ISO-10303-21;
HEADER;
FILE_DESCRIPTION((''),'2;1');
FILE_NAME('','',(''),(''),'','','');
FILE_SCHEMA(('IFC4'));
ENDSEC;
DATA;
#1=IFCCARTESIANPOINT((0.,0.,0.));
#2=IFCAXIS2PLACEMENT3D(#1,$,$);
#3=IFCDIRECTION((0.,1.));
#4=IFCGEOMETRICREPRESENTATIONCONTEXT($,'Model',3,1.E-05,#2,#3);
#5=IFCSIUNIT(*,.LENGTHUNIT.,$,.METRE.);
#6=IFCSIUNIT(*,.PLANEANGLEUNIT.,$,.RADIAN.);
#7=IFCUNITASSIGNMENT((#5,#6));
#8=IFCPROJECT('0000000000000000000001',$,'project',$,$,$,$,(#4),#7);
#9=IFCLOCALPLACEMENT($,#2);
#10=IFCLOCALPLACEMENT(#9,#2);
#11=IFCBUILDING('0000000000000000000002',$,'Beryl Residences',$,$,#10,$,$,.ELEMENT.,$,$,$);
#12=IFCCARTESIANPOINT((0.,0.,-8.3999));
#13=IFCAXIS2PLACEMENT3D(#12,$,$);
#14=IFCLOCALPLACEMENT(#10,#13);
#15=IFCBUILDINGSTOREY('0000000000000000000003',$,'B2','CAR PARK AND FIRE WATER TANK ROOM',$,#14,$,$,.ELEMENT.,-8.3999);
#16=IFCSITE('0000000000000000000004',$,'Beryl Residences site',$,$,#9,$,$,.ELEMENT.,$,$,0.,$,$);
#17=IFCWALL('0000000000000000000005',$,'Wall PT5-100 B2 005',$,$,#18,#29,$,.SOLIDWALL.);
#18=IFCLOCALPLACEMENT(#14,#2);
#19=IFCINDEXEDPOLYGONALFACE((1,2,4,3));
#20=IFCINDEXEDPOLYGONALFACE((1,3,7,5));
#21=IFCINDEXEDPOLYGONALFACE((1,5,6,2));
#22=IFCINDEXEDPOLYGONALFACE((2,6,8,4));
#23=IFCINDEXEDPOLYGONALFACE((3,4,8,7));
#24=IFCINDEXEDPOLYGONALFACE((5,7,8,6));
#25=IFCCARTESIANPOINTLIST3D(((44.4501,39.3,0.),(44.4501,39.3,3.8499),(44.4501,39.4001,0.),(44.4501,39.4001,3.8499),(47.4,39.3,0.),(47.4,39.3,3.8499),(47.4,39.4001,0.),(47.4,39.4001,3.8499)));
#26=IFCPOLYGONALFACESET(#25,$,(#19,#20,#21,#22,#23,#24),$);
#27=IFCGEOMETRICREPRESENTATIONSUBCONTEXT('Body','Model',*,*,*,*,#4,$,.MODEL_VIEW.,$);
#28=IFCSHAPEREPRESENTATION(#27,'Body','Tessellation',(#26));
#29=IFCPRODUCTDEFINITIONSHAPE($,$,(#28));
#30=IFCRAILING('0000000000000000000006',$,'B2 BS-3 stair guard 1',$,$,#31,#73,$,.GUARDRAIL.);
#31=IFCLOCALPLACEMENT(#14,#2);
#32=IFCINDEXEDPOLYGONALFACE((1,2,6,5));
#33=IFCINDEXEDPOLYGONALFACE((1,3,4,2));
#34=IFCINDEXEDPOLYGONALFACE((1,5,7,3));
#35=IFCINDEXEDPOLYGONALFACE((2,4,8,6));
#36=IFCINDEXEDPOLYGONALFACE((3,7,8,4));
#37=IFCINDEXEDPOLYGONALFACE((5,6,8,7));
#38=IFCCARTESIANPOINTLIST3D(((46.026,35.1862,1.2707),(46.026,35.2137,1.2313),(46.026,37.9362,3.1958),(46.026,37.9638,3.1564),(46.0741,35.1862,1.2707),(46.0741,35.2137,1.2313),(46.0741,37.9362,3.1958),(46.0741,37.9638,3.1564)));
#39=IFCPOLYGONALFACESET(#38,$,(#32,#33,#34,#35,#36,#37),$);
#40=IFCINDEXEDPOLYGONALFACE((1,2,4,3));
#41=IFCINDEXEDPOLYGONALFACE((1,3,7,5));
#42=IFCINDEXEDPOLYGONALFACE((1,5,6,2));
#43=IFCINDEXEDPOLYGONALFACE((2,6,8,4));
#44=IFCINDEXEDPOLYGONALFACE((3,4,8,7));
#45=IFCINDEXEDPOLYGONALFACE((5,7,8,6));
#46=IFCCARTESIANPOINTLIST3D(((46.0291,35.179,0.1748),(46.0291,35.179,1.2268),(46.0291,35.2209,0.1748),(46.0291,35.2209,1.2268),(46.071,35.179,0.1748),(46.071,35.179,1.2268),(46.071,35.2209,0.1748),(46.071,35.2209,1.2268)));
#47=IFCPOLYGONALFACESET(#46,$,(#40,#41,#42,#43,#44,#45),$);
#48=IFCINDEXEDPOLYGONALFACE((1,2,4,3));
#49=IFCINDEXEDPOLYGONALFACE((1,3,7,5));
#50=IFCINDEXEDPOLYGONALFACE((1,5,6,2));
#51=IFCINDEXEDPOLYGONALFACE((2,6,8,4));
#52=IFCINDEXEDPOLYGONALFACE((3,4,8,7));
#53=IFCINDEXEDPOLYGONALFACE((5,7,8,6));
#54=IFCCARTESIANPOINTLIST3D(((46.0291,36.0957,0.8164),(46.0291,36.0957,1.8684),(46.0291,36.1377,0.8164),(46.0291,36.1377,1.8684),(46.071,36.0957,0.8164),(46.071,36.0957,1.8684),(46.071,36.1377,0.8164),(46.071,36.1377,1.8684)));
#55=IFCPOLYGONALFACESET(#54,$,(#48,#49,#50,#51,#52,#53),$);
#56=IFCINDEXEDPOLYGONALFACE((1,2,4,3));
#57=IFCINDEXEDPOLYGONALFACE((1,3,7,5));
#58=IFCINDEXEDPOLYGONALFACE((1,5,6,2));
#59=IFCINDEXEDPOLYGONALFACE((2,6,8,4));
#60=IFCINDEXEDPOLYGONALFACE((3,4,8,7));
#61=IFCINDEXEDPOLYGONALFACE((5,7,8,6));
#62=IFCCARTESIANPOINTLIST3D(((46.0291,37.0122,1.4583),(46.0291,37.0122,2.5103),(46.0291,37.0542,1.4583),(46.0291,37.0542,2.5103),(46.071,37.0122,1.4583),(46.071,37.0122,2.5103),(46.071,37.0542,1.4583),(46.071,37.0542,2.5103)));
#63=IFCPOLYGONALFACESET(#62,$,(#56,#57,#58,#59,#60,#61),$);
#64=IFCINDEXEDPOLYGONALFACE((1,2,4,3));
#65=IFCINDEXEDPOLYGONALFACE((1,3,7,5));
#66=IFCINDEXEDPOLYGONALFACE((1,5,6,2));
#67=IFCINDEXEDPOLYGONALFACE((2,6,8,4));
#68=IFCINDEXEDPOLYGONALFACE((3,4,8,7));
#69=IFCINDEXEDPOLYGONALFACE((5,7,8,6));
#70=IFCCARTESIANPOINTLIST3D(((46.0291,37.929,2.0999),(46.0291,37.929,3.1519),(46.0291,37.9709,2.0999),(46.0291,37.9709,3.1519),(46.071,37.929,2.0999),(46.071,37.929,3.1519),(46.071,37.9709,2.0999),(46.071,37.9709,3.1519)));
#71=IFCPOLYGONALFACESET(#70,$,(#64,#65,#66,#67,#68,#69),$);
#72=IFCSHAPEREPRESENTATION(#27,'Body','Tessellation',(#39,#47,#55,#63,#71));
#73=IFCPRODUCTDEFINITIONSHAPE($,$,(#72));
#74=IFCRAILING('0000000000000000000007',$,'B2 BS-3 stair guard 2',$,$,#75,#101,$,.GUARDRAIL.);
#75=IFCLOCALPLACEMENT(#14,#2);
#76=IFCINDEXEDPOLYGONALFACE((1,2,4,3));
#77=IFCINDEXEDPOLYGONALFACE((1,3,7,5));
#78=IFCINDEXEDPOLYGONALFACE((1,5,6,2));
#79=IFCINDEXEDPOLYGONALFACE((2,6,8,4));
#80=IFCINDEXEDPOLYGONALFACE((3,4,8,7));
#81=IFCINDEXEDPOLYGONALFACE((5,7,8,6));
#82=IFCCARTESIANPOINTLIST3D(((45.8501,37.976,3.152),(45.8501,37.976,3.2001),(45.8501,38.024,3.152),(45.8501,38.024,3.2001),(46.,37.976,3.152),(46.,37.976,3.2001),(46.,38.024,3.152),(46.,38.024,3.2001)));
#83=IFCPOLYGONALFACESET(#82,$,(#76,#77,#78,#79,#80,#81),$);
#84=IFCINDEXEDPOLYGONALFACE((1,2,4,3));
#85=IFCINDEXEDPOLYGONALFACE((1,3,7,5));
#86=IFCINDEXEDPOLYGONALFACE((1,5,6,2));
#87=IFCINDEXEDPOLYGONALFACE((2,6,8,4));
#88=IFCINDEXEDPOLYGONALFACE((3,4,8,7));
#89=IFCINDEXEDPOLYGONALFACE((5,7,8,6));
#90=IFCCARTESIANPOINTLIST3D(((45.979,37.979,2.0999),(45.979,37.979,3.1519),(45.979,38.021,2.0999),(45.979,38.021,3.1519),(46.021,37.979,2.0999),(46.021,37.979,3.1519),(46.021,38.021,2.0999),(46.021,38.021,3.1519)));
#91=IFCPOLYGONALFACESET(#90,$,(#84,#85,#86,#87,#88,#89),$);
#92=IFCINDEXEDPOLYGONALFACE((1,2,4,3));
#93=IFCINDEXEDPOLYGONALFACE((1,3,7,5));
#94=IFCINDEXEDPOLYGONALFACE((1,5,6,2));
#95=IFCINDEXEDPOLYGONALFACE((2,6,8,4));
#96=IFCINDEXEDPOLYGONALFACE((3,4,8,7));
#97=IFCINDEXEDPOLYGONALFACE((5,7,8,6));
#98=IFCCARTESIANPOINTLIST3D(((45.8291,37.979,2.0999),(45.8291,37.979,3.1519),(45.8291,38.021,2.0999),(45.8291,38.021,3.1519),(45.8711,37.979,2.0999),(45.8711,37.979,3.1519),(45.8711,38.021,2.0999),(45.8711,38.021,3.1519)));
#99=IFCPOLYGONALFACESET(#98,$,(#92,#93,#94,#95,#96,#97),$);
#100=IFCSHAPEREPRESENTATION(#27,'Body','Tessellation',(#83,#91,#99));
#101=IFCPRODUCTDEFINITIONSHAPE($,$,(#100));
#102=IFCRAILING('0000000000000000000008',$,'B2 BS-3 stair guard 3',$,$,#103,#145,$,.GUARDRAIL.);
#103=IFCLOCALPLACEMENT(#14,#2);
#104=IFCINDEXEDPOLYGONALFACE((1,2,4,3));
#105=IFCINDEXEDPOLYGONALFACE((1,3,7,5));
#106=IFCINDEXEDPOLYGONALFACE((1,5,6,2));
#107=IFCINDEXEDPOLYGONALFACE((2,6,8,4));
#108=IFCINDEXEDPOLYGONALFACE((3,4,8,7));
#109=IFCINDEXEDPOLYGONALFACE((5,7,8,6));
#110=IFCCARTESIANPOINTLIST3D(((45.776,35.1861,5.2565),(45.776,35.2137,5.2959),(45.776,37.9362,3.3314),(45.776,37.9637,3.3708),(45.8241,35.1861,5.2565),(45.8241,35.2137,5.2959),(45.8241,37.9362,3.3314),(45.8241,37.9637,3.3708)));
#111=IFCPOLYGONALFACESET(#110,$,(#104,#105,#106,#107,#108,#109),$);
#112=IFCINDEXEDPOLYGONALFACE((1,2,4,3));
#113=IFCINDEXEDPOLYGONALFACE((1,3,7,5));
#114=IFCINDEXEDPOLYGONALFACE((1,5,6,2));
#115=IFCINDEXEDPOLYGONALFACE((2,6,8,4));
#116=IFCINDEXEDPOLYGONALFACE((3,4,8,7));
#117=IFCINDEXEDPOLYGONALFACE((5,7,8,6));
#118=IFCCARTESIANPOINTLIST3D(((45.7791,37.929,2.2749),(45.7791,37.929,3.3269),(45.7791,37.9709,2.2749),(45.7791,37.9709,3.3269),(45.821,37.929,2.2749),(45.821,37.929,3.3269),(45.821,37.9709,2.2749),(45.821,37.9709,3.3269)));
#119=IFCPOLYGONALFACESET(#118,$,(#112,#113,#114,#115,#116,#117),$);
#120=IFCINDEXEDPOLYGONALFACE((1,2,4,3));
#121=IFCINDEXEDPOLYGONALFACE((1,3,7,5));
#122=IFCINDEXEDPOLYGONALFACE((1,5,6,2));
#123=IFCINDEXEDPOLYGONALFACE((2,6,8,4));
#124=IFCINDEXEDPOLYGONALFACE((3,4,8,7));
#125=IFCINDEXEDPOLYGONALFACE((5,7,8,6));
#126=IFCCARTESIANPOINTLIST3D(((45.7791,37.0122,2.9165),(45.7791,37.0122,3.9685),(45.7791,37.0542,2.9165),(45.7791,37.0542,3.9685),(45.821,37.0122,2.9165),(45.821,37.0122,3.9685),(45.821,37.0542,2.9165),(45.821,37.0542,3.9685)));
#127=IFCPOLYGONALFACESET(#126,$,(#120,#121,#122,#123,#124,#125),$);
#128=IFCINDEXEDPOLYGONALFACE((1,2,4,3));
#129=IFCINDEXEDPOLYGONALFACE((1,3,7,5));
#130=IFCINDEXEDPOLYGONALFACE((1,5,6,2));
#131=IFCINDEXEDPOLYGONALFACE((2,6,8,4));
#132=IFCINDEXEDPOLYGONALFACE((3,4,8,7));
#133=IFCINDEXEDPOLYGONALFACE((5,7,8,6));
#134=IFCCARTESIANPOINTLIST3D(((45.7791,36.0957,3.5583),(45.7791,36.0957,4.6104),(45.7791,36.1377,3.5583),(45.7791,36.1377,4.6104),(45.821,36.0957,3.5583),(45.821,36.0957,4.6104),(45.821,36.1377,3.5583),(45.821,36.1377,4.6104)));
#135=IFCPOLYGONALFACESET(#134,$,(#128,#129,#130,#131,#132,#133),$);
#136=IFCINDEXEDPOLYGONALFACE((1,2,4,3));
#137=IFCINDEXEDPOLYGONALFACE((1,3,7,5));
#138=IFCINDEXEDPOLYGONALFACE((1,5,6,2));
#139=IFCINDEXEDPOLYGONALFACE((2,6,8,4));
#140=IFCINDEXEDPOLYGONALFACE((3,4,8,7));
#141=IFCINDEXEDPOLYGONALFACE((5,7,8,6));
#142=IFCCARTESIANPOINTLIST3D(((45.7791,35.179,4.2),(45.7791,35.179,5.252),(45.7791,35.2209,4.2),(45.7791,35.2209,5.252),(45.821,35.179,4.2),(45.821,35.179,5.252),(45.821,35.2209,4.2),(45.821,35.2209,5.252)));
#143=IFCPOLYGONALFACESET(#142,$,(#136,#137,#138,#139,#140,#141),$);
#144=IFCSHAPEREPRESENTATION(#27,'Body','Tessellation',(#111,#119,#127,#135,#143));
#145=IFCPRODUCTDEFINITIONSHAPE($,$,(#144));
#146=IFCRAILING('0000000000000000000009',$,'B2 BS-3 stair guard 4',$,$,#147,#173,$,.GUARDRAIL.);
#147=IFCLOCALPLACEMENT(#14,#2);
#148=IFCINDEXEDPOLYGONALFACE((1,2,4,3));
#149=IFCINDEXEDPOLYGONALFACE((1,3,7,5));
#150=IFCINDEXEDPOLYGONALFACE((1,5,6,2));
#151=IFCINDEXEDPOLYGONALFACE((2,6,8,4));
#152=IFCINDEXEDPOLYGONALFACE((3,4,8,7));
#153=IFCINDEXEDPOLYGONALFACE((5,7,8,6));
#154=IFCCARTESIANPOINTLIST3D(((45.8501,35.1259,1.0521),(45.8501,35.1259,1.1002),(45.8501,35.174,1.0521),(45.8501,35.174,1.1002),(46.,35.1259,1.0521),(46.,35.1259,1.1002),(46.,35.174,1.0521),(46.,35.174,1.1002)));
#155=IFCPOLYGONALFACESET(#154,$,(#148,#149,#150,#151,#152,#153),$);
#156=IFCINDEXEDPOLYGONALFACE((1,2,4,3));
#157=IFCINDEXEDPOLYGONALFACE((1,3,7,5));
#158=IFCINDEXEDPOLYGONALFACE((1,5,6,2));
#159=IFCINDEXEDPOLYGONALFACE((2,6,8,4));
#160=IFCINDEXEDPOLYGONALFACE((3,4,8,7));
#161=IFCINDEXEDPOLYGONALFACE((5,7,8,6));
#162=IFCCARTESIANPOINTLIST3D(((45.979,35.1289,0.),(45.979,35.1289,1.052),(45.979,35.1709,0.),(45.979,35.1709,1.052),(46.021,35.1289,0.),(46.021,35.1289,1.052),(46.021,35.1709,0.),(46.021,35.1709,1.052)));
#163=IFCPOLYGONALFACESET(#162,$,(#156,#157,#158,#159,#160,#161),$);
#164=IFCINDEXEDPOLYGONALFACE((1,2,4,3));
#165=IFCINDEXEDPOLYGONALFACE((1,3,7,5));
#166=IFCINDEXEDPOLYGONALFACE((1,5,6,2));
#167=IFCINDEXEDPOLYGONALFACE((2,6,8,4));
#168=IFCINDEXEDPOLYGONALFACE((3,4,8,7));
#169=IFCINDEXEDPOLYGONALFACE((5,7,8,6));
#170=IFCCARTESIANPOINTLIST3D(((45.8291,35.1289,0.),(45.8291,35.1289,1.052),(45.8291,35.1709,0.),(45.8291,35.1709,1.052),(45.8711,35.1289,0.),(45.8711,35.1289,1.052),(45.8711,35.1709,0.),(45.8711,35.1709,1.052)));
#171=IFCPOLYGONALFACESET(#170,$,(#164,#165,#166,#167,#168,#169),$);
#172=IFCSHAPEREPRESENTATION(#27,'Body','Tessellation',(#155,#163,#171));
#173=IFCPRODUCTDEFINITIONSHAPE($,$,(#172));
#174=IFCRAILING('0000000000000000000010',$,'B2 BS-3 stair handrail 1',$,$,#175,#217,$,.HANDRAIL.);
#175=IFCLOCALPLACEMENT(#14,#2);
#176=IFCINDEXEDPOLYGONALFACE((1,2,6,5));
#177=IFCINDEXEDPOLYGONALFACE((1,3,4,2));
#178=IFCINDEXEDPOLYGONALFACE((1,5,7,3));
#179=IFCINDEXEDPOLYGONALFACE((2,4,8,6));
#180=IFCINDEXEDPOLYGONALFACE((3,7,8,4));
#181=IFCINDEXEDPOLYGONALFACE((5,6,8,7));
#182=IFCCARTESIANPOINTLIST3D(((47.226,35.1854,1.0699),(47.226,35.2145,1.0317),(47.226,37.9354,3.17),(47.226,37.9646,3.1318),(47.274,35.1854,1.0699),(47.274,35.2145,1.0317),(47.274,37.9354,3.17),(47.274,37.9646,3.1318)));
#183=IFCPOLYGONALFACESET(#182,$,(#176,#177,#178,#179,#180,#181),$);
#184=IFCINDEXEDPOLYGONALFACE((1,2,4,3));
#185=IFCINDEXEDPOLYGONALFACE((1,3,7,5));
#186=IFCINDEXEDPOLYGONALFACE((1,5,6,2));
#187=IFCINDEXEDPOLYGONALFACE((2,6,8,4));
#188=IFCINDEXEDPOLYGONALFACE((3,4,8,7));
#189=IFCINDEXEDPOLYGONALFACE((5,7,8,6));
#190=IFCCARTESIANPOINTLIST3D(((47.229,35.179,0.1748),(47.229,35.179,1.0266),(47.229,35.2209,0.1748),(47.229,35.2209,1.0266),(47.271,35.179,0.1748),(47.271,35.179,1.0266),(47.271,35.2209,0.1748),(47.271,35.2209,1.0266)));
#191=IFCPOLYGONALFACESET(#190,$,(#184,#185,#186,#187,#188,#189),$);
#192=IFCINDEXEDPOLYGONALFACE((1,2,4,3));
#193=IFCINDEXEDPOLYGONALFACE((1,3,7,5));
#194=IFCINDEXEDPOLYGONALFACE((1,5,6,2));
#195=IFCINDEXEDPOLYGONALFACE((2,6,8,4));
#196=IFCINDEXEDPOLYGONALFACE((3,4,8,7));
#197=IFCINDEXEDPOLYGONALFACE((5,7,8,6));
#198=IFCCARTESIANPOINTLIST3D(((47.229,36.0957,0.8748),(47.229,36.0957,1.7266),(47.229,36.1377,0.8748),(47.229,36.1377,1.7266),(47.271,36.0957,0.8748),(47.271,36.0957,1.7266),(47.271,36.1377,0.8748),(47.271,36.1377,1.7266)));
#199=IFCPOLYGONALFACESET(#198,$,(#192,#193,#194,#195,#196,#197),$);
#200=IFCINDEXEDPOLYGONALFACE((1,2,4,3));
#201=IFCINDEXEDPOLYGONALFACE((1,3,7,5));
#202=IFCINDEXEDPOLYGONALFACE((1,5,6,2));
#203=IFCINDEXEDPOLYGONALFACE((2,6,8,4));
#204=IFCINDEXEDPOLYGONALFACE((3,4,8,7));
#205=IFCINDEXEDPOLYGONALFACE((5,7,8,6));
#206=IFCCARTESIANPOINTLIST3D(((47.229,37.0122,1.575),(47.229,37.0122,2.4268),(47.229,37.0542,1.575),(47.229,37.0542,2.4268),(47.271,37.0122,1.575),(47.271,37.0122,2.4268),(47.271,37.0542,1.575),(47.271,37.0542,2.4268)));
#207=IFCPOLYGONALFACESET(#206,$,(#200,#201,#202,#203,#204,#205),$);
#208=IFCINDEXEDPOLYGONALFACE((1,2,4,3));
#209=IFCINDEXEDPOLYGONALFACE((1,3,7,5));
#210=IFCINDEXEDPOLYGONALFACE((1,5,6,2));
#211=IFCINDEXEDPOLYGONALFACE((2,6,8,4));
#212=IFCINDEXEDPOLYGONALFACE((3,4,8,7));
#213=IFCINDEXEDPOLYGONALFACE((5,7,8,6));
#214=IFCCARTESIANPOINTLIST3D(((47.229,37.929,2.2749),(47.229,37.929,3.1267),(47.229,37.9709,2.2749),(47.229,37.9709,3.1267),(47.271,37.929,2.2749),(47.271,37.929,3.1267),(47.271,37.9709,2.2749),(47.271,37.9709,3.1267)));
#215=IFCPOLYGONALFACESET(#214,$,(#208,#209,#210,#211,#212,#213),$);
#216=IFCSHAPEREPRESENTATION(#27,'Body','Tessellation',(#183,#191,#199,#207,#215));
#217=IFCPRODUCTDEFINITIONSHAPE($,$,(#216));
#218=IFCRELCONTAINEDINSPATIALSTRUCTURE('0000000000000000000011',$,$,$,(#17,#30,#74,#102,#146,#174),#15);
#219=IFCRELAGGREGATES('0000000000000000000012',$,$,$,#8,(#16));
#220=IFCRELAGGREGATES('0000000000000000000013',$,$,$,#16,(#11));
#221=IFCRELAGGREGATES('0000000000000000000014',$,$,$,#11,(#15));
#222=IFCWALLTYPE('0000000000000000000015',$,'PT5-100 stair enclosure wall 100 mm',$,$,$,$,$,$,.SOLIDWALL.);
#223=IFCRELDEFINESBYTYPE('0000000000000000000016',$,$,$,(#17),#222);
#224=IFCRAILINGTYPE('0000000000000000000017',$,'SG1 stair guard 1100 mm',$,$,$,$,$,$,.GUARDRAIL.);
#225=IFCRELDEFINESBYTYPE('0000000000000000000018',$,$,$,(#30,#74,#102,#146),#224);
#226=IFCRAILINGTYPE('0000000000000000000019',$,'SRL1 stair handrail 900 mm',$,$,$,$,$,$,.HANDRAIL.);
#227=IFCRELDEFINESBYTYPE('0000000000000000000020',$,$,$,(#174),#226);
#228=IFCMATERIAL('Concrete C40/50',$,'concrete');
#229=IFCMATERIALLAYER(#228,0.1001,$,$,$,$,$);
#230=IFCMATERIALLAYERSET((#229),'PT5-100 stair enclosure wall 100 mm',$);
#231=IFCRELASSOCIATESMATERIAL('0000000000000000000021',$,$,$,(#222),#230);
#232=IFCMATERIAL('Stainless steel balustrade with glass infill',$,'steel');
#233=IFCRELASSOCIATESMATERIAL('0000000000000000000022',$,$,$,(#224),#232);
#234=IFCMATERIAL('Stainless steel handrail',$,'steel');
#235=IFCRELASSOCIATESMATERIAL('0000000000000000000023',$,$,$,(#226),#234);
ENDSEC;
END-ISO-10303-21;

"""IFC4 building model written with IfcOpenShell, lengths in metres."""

from ifc_helpers import new_model, si_unit, direction, frame, frame_2d, origin, origin_2d, place, context, subcontext, project, spatial, rectangle, extrude, material, layer, layer_set, type_object, element, save


model = new_model("IFC4")

# Units and contexts
model_context = context("Model", 3, precision=1e-05, world=origin(), true_north=direction((0.0, 1.0)))
body_context = subcontext(model_context, "Body", "Model", "MODEL_VIEW")
ifc_project = project(units=[si_unit("LENGTHUNIT", "METRE"), si_unit("PLANEANGLEUNIT", "RADIAN")], contexts=[model_context])

# Site, building, storey
site_placement = place(None, origin())
site = spatial("IfcSite", under=ifc_project, at=site_placement, Name="Beryl Residences site", CompositionType="ELEMENT", RefElevation=0.0)
building_placement = place(site_placement, origin())
building = spatial("IfcBuilding", under=site, at=building_placement, Name="Beryl Residences", CompositionType="ELEMENT")
storey_placement = place(building_placement, frame((0.0, 0.0, -8.3999)))
storey = spatial("IfcBuildingStorey", under=building, at=storey_placement, Name="B2", Description="CAR PARK AND FIRE WATER TANK ROOM", CompositionType="ELEMENT", Elevation=-8.3999)

# Wall
ifc_material_1 = material(Name="Concrete C40/50", Category="concrete")
ifc_layer_1 = layer(ifc_material_1, 0.1001)
ifc_layer_set_1 = layer_set([ifc_layer_1], Name="PT5-100 stair enclosure wall 100 mm")
wall_type_1 = type_object("IfcWallType", Name="PT5-100 stair enclosure wall 100 mm", PredefinedType="SOLIDWALL", material=ifc_layer_set_1)
wall_1_placement = place(storey_placement, frame((44.45, 39.3501, 0.0), z_axis=(0.0, 0.0, 1.0), x_axis=(1.0, 0.0, 0.0)))
element("IfcWall", 1, at=wall_1_placement, inside=storey, type_object=wall_type_1, Name="Wall PT5-100 B2 005", PredefinedType="SOLIDWALL", context=body_context, shape_type="SweptSolid", body=[
    extrude(rectangle(XDim=2.95, YDim=0.1001, at=frame_2d((1.4751, 0.0))), origin(), (0.0, 0.0, 1.0), 3.8499),
])

# Railings
ifc_material_2 = material(Name="Stainless steel balustrade with glass infill", Category="steel")
railing_type_1 = type_object("IfcRailingType", Name="SG1 stair guard 1100 mm", PredefinedType="GUARDRAIL", material=ifc_material_2)
railing_1_placement = place(storey_placement, frame((46.05, 35.2, 0.1748)))
element("IfcRailing", 2, at=railing_1_placement, inside=storey, type_object=railing_type_1, Name="B2 BS-3 stair guard 1", PredefinedType="GUARDRAIL", context=body_context, shape_type="SweptSolid", body=[
    extrude(rectangle(XDim=0.0481, YDim=0.0481, at=origin_2d()), frame((0.0, 0.0, 1.0762), z_axis=(0.0, 0.819225, 0.573472), x_axis=(-1.0, 0.0, 0.0)), (0.0, 0.0, 1.0), 3.3569),
    extrude(rectangle(XDim=0.042, YDim=0.042, at=origin_2d()), origin(), (0.0, 0.0, 1.0), 1.052),
    extrude(rectangle(XDim=0.042, YDim=0.042, at=origin_2d()), frame((0.0, 0.9167, 0.6416)), (0.0, 0.0, 1.0), 1.052),
    extrude(rectangle(XDim=0.042, YDim=0.042, at=origin_2d()), frame((0.0, 1.8333, 1.2834)), (0.0, 0.0, 1.0), 1.052),
    extrude(rectangle(XDim=0.042, YDim=0.042, at=origin_2d()), frame((0.0, 2.75, 1.925)), (0.0, 0.0, 1.0), 1.052),
])
railing_2_placement = place(storey_placement, frame((46.0, 38.0, 2.0999)))
element("IfcRailing", 3, at=railing_2_placement, inside=storey, type_object=railing_type_1, Name="B2 BS-3 stair guard 2", PredefinedType="GUARDRAIL", context=body_context, shape_type="SweptSolid", body=[
    extrude(rectangle(XDim=0.0481, YDim=0.0481, at=origin_2d()), frame((0.0, 0.0, 1.0762), z_axis=(-1.0, 0.0, 0.0), x_axis=(0.0, -1.0, 0.0)), (0.0, 0.0, 1.0), 0.1499),
    extrude(rectangle(XDim=0.042, YDim=0.042, at=origin_2d()), origin(), (0.0, 0.0, 1.0), 1.052),
    extrude(rectangle(XDim=0.042, YDim=0.042, at=origin_2d()), frame((-0.1499, 0.0, 0.0)), (0.0, 0.0, 1.0), 1.052),
])
railing_3_placement = place(storey_placement, frame((45.8, 37.95, 2.2749)))
element("IfcRailing", 4, at=railing_3_placement, inside=storey, type_object=railing_type_1, Name="B2 BS-3 stair guard 3", PredefinedType="GUARDRAIL", context=body_context, shape_type="SweptSolid", body=[
    extrude(rectangle(XDim=0.0481, YDim=0.0481, at=origin_2d()), frame((0.0, 0.0, 1.0762), z_axis=(0.0, -0.819225, 0.573472), x_axis=(1.0, 0.0, 0.0)), (0.0, 0.0, 1.0), 3.3569),
    extrude(rectangle(XDim=0.042, YDim=0.042, at=origin_2d()), origin(), (0.0, 0.0, 1.0), 1.052),
    extrude(rectangle(XDim=0.042, YDim=0.042, at=origin_2d()), frame((0.0, -0.9167, 0.6416)), (0.0, 0.0, 1.0), 1.052),
    extrude(rectangle(XDim=0.042, YDim=0.042, at=origin_2d()), frame((0.0, -1.8333, 1.2834)), (0.0, 0.0, 1.0), 1.052),
    extrude(rectangle(XDim=0.042, YDim=0.042, at=origin_2d()), frame((0.0, -2.75, 1.925)), (0.0, 0.0, 1.0), 1.052),
])
railing_4_placement = place(storey_placement, frame((46.0, 35.1499, 0.0)))
element("IfcRailing", 5, at=railing_4_placement, inside=storey, type_object=railing_type_1, Name="B2 BS-3 stair guard 4", PredefinedType="GUARDRAIL", context=body_context, shape_type="SweptSolid", body=[
    extrude(rectangle(XDim=0.0481, YDim=0.0481, at=origin_2d()), frame((0.0, 0.0, 1.0762), z_axis=(-1.0, 0.0, 0.0), x_axis=(0.0, -1.0, 0.0)), (0.0, 0.0, 1.0), 0.1499),
    extrude(rectangle(XDim=0.042, YDim=0.042, at=origin_2d()), origin(), (0.0, 0.0, 1.0), 1.052),
    extrude(rectangle(XDim=0.042, YDim=0.042, at=origin_2d()), frame((-0.1499, 0.0, 0.0)), (0.0, 0.0, 1.0), 1.052),
])
ifc_material_3 = material(Name="Stainless steel handrail", Category="steel")
railing_type_2 = type_object("IfcRailingType", Name="SRL1 stair handrail 900 mm", PredefinedType="HANDRAIL", material=ifc_material_3)
railing_5_placement = place(storey_placement, frame((47.25, 35.2, 0.1748)))
element("IfcRailing", 6, at=railing_5_placement, inside=storey, type_object=railing_type_2, Name="B2 BS-3 stair handrail 1", PredefinedType="HANDRAIL", context=body_context, shape_type="SweptSolid", body=[
    extrude(rectangle(XDim=0.0481, YDim=0.0481, at=origin_2d()), frame((0.0, 0.0, 0.876), z_axis=(0.0, 0.794754, 0.606931), x_axis=(-1.0, 0.0, 0.0)), (0.0, 0.0, 1.0), 3.4602),
    extrude(rectangle(XDim=0.042, YDim=0.042, at=origin_2d()), origin(), (0.0, 0.0, 1.0), 0.8518),
    extrude(rectangle(XDim=0.042, YDim=0.042, at=origin_2d()), frame((0.0, 0.9167, 0.7)), (0.0, 0.0, 1.0), 0.8518),
    extrude(rectangle(XDim=0.042, YDim=0.042, at=origin_2d()), frame((0.0, 1.8333, 1.4001)), (0.0, 0.0, 1.0), 0.8518),
    extrude(rectangle(XDim=0.042, YDim=0.042, at=origin_2d()), frame((0.0, 2.75, 2.1001)), (0.0, 0.0, 1.0), 0.8518),
])

save(model, "model.ifc")
